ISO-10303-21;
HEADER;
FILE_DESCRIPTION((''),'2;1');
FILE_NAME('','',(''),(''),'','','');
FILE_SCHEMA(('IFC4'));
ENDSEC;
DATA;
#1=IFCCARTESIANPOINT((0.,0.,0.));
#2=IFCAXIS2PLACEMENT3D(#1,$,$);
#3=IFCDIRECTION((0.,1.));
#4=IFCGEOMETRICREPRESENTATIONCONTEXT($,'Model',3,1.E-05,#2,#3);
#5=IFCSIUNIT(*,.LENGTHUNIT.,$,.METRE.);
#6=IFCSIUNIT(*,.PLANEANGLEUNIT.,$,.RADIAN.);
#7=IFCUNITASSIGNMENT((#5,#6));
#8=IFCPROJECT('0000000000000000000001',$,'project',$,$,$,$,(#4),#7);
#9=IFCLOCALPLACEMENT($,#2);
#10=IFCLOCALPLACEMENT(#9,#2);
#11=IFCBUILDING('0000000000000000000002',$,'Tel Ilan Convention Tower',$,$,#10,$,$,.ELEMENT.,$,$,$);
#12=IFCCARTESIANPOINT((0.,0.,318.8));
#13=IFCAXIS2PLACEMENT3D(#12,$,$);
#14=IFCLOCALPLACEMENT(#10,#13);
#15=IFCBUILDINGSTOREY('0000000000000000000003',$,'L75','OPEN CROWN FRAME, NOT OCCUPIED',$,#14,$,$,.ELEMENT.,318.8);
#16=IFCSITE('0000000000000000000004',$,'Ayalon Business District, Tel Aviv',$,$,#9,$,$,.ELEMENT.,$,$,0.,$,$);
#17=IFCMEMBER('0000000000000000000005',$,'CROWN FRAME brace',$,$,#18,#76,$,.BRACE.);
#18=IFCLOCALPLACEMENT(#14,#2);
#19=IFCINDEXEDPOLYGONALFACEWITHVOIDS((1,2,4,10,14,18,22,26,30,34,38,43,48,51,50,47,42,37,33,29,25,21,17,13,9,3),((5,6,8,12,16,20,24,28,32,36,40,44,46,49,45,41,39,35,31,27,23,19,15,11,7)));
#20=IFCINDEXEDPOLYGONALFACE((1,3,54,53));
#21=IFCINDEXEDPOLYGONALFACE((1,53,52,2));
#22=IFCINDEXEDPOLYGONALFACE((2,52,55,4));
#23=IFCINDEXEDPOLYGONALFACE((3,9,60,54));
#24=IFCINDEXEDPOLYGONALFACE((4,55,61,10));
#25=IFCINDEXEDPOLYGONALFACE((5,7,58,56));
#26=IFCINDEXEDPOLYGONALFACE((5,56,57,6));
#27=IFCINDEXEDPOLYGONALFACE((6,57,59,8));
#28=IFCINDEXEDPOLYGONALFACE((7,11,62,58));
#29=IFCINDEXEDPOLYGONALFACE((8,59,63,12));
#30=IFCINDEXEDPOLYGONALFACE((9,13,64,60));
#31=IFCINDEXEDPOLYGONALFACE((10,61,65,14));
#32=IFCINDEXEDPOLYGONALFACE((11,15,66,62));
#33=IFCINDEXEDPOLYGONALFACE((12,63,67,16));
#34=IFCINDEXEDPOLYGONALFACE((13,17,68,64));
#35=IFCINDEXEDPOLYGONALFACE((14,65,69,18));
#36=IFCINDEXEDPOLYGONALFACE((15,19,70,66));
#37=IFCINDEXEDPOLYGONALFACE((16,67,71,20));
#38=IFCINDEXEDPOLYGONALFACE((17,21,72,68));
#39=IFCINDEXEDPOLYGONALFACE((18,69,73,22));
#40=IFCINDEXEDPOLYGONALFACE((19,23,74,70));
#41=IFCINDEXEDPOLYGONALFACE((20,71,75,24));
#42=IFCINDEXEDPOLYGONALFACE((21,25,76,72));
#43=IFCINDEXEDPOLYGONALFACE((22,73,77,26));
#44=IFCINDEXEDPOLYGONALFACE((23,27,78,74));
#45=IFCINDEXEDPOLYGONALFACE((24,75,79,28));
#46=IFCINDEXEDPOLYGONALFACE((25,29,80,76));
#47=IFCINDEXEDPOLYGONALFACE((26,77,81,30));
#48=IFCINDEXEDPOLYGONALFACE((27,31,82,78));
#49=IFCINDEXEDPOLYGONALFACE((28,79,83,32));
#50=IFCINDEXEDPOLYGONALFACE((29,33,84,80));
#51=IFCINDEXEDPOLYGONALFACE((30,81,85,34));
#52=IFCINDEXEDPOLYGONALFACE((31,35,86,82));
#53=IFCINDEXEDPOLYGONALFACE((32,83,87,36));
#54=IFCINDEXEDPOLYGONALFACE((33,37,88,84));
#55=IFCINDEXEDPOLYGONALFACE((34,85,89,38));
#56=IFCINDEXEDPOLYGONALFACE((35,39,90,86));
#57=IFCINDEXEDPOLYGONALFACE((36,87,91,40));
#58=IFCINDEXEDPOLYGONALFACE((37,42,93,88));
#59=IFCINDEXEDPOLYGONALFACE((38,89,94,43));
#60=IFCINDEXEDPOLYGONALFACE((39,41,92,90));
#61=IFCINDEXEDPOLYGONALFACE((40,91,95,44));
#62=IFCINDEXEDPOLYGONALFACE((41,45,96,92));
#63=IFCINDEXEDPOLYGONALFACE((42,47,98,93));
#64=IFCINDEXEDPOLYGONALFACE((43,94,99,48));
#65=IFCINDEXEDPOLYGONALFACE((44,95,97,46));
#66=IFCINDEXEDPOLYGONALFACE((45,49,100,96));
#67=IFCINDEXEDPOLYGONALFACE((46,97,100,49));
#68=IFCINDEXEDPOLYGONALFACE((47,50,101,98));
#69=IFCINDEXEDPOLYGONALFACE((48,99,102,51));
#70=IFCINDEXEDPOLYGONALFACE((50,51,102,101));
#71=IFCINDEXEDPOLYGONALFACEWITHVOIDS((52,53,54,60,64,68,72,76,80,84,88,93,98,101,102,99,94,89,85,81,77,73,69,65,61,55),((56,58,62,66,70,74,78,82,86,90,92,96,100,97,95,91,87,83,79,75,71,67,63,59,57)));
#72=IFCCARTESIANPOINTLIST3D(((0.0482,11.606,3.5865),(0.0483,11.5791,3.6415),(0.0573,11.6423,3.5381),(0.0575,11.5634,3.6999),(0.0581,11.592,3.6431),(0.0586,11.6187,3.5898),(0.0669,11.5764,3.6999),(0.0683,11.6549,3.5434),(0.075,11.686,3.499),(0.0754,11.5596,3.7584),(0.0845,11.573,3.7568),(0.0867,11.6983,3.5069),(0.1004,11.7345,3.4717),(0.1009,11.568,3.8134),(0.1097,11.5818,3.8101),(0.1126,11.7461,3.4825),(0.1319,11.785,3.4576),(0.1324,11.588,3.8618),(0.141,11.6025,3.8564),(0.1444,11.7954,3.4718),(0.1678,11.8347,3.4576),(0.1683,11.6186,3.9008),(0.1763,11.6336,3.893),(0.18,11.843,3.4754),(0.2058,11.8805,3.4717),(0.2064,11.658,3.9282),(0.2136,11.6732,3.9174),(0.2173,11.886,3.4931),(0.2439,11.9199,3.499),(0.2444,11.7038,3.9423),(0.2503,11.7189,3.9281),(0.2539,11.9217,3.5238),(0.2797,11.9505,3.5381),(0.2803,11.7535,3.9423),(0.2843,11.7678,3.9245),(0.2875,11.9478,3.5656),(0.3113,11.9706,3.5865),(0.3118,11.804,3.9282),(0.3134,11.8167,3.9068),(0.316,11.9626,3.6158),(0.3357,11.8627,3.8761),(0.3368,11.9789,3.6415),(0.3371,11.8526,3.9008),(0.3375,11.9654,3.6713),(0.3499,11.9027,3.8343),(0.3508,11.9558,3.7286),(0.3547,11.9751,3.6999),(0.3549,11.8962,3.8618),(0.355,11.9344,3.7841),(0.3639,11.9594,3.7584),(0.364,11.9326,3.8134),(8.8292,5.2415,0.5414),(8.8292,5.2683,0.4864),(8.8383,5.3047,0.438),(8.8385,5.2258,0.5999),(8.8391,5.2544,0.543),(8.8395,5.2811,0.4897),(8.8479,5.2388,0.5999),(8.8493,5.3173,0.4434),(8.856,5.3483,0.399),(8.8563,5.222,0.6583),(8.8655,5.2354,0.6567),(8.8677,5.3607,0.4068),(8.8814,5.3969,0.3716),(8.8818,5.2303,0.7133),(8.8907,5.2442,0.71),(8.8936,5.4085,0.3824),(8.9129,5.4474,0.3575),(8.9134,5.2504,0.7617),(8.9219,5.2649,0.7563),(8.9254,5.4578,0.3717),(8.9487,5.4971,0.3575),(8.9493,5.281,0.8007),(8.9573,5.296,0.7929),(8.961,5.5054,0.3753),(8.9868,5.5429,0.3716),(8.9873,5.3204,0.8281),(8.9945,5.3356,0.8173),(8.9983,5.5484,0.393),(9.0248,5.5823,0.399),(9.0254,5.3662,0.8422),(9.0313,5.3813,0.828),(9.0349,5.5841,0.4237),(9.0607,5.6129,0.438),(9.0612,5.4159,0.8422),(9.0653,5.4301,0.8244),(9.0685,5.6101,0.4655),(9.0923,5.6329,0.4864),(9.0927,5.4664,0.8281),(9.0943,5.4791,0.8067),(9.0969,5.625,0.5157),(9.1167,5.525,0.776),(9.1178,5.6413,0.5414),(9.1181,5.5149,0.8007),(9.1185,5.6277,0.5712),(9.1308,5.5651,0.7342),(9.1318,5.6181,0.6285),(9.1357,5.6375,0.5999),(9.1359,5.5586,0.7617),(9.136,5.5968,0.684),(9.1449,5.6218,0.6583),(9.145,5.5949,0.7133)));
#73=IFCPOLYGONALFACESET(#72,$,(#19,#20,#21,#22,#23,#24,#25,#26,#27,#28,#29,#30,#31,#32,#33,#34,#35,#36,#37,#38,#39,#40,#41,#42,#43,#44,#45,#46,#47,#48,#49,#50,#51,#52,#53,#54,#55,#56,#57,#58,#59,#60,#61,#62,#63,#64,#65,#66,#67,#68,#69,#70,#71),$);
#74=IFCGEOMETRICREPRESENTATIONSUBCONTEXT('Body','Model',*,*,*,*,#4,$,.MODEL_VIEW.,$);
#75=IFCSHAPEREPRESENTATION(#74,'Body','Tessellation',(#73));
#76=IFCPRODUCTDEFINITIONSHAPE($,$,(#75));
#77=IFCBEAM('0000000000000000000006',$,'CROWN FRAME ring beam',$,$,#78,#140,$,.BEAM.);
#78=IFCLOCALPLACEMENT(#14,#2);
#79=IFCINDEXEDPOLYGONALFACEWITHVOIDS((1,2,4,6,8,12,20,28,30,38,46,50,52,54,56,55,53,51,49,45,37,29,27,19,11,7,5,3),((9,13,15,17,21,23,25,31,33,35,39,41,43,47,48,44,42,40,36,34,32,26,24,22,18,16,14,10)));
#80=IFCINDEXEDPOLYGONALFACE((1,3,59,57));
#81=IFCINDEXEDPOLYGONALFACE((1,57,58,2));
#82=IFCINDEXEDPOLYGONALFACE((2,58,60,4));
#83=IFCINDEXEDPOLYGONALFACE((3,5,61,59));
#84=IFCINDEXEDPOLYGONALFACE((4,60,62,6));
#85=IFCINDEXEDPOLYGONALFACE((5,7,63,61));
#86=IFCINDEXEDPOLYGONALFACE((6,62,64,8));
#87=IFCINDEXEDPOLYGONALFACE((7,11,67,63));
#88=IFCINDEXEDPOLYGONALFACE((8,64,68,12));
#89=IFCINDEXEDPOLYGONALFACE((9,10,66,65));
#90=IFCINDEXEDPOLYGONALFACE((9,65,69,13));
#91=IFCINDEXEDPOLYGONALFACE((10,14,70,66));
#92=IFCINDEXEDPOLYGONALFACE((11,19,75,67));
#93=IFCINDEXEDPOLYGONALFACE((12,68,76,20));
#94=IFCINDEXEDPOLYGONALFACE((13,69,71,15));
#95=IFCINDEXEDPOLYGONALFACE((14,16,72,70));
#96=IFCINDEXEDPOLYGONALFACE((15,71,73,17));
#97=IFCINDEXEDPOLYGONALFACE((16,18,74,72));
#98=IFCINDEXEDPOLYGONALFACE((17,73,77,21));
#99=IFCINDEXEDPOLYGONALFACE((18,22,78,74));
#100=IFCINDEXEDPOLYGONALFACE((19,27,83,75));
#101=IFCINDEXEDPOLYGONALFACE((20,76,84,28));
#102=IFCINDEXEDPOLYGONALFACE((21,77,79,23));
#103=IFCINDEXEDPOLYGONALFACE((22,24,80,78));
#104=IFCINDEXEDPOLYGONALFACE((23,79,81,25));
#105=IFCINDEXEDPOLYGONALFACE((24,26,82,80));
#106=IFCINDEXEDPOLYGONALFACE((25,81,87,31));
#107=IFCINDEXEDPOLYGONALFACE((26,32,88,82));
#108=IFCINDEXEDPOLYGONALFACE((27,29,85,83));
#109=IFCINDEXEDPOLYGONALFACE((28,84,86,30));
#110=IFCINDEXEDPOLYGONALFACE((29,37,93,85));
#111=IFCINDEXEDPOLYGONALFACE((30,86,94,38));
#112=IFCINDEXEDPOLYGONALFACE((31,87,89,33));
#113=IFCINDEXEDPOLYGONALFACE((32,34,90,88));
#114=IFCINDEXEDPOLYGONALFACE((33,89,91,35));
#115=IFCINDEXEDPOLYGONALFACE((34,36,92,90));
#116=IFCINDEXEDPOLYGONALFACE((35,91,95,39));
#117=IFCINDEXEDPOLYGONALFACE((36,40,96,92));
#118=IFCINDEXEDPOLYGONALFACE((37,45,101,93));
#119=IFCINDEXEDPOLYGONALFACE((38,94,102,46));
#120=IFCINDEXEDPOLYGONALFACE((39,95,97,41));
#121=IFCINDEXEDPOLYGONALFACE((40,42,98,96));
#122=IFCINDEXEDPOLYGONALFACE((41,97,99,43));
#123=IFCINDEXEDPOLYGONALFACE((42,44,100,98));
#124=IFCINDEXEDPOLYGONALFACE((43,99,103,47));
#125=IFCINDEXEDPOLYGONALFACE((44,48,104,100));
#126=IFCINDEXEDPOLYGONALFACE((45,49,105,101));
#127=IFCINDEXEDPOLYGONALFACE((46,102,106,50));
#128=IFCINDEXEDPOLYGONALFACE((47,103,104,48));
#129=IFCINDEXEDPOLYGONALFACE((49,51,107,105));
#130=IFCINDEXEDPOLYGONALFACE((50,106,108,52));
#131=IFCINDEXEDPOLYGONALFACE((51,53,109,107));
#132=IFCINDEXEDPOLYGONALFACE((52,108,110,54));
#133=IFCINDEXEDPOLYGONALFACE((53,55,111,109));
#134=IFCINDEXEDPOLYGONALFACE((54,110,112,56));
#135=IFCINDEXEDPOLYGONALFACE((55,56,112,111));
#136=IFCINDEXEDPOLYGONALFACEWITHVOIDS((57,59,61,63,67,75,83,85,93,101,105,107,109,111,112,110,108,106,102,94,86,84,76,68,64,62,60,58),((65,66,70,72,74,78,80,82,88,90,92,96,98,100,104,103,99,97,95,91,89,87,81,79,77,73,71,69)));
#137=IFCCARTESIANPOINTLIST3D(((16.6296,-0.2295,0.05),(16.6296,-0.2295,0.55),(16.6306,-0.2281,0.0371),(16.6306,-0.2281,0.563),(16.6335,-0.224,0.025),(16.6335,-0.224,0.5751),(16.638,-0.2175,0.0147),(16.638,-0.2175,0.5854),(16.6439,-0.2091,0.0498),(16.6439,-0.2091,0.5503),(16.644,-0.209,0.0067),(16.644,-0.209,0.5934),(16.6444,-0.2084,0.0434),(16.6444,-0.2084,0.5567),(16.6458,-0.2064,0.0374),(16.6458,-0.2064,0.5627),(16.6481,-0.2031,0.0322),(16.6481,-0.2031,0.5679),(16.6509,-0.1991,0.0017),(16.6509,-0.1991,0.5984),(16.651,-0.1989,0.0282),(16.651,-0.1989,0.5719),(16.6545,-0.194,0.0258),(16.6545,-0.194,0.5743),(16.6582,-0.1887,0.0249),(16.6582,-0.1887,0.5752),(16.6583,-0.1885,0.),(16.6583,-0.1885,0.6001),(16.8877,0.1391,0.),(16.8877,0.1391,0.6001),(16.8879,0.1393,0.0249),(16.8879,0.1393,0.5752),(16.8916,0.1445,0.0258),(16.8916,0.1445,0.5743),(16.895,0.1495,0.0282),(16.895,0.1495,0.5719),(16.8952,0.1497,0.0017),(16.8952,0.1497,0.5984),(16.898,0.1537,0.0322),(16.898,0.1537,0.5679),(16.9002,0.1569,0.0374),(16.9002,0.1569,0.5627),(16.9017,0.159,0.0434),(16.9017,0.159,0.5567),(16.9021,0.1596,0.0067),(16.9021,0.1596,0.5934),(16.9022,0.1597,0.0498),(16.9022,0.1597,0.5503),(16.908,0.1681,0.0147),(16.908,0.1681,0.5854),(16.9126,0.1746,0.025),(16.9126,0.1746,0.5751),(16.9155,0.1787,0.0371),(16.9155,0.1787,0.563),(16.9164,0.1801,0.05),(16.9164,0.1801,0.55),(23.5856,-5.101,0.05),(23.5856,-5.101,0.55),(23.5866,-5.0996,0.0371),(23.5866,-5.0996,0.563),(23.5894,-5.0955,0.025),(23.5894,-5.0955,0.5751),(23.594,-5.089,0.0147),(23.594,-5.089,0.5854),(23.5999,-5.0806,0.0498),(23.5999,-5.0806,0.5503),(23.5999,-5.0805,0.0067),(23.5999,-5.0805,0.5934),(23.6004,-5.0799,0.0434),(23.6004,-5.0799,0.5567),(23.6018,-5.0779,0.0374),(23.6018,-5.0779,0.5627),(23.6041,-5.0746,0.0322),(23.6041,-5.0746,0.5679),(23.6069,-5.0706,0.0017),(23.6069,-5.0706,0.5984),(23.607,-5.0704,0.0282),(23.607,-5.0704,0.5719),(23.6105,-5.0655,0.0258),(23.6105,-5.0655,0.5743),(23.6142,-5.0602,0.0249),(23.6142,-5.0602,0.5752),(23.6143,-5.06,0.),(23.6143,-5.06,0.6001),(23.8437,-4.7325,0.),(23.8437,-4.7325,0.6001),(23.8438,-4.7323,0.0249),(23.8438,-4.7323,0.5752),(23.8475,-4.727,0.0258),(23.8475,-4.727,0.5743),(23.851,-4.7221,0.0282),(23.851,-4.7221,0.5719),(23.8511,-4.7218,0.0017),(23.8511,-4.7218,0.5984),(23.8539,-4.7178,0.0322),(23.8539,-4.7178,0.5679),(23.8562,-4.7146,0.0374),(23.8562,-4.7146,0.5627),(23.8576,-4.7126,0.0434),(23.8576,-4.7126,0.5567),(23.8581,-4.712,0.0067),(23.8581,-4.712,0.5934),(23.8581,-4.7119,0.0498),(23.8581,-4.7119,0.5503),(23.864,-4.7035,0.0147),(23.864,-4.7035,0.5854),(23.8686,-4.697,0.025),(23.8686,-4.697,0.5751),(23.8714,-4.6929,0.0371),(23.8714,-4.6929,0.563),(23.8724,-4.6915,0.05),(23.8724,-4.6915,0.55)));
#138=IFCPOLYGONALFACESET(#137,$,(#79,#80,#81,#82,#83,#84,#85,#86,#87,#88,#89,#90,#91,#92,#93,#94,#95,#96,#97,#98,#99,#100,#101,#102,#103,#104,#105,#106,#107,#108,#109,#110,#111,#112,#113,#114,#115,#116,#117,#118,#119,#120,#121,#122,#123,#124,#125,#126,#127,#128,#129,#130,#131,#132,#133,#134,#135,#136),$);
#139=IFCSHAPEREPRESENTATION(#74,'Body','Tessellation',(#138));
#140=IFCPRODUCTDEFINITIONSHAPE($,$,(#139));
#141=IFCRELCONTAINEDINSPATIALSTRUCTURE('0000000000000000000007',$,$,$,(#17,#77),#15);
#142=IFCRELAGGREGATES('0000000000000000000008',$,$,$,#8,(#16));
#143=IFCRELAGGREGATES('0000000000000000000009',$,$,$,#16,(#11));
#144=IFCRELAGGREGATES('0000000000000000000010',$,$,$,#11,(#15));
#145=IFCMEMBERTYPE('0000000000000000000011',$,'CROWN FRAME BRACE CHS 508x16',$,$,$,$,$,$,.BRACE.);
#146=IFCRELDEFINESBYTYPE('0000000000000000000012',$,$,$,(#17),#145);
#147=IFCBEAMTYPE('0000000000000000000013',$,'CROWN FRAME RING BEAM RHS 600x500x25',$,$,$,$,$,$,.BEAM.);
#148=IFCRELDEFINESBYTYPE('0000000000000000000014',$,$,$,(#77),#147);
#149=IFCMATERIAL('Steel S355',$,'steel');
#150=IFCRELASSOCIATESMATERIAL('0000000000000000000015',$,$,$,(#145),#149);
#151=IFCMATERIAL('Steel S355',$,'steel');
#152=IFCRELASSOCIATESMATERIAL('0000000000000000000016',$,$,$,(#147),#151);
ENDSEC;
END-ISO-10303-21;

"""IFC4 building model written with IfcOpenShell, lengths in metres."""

from ifc_helpers import new_model, si_unit, direction, frame, origin, origin_2d, place, context, subcontext, project, spatial, hollow_rectangle, hollow_circle, extrude, material, material_profile, profile_set, type_object, element, save


model = new_model("IFC4")

# Units and contexts
model_context = context("Model", 3, precision=1e-05, world=origin(), true_north=direction((0.0, 1.0)))
body_context = subcontext(model_context, "Body", "Model", "MODEL_VIEW")
ifc_project = project(units=[si_unit("LENGTHUNIT", "METRE"), si_unit("PLANEANGLEUNIT", "RADIAN")], contexts=[model_context])

# Site, building, storey
site_placement = place(None, origin())
site = spatial("IfcSite", under=ifc_project, at=site_placement, Name="Ayalon Business District, Tel Aviv", CompositionType="ELEMENT", RefElevation=0.0)
building_placement = place(site_placement, origin())
building = spatial("IfcBuilding", under=site, at=building_placement, Name="Tel Ilan Convention Tower", CompositionType="ELEMENT")
storey_placement = place(building_placement, frame((0.0, 0.0, 318.8)))
storey = spatial("IfcBuildingStorey", under=building, at=storey_placement, Name="L75", Description="OPEN CROWN FRAME, NOT OCCUPIED", CompositionType="ELEMENT", Elevation=318.8)

# Member
ifc_material_1 = material(Name="Steel S355", Category="steel")
ifc_material_profile_1 = material_profile(ifc_material_1, hollow_circle(Radius=0.2539, WallThickness=0.0161, at=origin_2d()), Name="CHS 508x16")
ifc_profile_set_1 = profile_set([ifc_material_profile_1], Name="Steel S355")
member_type = type_object("IfcMemberType", Name="CROWN FRAME BRACE CHS 508x16", PredefinedType="BRACE", material=ifc_profile_set_1)
member_1_placement = place(storey_placement, frame((8.9871, 5.4316, 0.5999), z_axis=(-0.779549, 0.562636, 0.275217), x_axis=(-0.585236, -0.810863, 0.0)))
element("IfcMember", 1, at=member_1_placement, inside=storey, type_object=member_type, Name="CROWN FRAME brace", PredefinedType="BRACE", context=body_context, shape_type="SweptSolid", body=[
    extrude(hollow_circle(Radius=0.2539, WallThickness=0.0161, at=origin_2d()), origin(), (0.0, 0.0, 1.0), 11.2642),
])

# Beam
ifc_material_2 = material(Name="Steel S355", Category="steel")
ifc_material_profile_2 = material_profile(ifc_material_2, hollow_rectangle(XDim=0.5, YDim=0.6001, WallThickness=0.0249, InnerFilletRadius=0.0249, OuterFilletRadius=0.05, at=origin_2d()), Name="RHS 600x500x25")
ifc_profile_set_2 = profile_set([ifc_material_profile_2], Name="Steel S355")
beam_type = type_object("IfcBeamType", Name="CROWN FRAME RING BEAM RHS 600x500x25", PredefinedType="BEAM", material=ifc_profile_set_2)
beam_1_placement = place(storey_placement, frame((23.729, -4.8962, 0.3), z_axis=(-0.819102, 0.573648, 0.0), x_axis=(-0.573648, -0.819102, 0.0)))
element("IfcBeam", 2, at=beam_1_placement, inside=storey, type_object=beam_type, Name="CROWN FRAME ring beam", PredefinedType="BEAM", context=body_context, shape_type="SweptSolid", body=[
    extrude(hollow_rectangle(XDim=0.5, YDim=0.6001, WallThickness=0.0249, InnerFilletRadius=0.0249, OuterFilletRadius=0.05, at=origin_2d()), origin(), (0.0, 0.0, 1.0), 8.4922),
])

save(model, "model.ifc")
